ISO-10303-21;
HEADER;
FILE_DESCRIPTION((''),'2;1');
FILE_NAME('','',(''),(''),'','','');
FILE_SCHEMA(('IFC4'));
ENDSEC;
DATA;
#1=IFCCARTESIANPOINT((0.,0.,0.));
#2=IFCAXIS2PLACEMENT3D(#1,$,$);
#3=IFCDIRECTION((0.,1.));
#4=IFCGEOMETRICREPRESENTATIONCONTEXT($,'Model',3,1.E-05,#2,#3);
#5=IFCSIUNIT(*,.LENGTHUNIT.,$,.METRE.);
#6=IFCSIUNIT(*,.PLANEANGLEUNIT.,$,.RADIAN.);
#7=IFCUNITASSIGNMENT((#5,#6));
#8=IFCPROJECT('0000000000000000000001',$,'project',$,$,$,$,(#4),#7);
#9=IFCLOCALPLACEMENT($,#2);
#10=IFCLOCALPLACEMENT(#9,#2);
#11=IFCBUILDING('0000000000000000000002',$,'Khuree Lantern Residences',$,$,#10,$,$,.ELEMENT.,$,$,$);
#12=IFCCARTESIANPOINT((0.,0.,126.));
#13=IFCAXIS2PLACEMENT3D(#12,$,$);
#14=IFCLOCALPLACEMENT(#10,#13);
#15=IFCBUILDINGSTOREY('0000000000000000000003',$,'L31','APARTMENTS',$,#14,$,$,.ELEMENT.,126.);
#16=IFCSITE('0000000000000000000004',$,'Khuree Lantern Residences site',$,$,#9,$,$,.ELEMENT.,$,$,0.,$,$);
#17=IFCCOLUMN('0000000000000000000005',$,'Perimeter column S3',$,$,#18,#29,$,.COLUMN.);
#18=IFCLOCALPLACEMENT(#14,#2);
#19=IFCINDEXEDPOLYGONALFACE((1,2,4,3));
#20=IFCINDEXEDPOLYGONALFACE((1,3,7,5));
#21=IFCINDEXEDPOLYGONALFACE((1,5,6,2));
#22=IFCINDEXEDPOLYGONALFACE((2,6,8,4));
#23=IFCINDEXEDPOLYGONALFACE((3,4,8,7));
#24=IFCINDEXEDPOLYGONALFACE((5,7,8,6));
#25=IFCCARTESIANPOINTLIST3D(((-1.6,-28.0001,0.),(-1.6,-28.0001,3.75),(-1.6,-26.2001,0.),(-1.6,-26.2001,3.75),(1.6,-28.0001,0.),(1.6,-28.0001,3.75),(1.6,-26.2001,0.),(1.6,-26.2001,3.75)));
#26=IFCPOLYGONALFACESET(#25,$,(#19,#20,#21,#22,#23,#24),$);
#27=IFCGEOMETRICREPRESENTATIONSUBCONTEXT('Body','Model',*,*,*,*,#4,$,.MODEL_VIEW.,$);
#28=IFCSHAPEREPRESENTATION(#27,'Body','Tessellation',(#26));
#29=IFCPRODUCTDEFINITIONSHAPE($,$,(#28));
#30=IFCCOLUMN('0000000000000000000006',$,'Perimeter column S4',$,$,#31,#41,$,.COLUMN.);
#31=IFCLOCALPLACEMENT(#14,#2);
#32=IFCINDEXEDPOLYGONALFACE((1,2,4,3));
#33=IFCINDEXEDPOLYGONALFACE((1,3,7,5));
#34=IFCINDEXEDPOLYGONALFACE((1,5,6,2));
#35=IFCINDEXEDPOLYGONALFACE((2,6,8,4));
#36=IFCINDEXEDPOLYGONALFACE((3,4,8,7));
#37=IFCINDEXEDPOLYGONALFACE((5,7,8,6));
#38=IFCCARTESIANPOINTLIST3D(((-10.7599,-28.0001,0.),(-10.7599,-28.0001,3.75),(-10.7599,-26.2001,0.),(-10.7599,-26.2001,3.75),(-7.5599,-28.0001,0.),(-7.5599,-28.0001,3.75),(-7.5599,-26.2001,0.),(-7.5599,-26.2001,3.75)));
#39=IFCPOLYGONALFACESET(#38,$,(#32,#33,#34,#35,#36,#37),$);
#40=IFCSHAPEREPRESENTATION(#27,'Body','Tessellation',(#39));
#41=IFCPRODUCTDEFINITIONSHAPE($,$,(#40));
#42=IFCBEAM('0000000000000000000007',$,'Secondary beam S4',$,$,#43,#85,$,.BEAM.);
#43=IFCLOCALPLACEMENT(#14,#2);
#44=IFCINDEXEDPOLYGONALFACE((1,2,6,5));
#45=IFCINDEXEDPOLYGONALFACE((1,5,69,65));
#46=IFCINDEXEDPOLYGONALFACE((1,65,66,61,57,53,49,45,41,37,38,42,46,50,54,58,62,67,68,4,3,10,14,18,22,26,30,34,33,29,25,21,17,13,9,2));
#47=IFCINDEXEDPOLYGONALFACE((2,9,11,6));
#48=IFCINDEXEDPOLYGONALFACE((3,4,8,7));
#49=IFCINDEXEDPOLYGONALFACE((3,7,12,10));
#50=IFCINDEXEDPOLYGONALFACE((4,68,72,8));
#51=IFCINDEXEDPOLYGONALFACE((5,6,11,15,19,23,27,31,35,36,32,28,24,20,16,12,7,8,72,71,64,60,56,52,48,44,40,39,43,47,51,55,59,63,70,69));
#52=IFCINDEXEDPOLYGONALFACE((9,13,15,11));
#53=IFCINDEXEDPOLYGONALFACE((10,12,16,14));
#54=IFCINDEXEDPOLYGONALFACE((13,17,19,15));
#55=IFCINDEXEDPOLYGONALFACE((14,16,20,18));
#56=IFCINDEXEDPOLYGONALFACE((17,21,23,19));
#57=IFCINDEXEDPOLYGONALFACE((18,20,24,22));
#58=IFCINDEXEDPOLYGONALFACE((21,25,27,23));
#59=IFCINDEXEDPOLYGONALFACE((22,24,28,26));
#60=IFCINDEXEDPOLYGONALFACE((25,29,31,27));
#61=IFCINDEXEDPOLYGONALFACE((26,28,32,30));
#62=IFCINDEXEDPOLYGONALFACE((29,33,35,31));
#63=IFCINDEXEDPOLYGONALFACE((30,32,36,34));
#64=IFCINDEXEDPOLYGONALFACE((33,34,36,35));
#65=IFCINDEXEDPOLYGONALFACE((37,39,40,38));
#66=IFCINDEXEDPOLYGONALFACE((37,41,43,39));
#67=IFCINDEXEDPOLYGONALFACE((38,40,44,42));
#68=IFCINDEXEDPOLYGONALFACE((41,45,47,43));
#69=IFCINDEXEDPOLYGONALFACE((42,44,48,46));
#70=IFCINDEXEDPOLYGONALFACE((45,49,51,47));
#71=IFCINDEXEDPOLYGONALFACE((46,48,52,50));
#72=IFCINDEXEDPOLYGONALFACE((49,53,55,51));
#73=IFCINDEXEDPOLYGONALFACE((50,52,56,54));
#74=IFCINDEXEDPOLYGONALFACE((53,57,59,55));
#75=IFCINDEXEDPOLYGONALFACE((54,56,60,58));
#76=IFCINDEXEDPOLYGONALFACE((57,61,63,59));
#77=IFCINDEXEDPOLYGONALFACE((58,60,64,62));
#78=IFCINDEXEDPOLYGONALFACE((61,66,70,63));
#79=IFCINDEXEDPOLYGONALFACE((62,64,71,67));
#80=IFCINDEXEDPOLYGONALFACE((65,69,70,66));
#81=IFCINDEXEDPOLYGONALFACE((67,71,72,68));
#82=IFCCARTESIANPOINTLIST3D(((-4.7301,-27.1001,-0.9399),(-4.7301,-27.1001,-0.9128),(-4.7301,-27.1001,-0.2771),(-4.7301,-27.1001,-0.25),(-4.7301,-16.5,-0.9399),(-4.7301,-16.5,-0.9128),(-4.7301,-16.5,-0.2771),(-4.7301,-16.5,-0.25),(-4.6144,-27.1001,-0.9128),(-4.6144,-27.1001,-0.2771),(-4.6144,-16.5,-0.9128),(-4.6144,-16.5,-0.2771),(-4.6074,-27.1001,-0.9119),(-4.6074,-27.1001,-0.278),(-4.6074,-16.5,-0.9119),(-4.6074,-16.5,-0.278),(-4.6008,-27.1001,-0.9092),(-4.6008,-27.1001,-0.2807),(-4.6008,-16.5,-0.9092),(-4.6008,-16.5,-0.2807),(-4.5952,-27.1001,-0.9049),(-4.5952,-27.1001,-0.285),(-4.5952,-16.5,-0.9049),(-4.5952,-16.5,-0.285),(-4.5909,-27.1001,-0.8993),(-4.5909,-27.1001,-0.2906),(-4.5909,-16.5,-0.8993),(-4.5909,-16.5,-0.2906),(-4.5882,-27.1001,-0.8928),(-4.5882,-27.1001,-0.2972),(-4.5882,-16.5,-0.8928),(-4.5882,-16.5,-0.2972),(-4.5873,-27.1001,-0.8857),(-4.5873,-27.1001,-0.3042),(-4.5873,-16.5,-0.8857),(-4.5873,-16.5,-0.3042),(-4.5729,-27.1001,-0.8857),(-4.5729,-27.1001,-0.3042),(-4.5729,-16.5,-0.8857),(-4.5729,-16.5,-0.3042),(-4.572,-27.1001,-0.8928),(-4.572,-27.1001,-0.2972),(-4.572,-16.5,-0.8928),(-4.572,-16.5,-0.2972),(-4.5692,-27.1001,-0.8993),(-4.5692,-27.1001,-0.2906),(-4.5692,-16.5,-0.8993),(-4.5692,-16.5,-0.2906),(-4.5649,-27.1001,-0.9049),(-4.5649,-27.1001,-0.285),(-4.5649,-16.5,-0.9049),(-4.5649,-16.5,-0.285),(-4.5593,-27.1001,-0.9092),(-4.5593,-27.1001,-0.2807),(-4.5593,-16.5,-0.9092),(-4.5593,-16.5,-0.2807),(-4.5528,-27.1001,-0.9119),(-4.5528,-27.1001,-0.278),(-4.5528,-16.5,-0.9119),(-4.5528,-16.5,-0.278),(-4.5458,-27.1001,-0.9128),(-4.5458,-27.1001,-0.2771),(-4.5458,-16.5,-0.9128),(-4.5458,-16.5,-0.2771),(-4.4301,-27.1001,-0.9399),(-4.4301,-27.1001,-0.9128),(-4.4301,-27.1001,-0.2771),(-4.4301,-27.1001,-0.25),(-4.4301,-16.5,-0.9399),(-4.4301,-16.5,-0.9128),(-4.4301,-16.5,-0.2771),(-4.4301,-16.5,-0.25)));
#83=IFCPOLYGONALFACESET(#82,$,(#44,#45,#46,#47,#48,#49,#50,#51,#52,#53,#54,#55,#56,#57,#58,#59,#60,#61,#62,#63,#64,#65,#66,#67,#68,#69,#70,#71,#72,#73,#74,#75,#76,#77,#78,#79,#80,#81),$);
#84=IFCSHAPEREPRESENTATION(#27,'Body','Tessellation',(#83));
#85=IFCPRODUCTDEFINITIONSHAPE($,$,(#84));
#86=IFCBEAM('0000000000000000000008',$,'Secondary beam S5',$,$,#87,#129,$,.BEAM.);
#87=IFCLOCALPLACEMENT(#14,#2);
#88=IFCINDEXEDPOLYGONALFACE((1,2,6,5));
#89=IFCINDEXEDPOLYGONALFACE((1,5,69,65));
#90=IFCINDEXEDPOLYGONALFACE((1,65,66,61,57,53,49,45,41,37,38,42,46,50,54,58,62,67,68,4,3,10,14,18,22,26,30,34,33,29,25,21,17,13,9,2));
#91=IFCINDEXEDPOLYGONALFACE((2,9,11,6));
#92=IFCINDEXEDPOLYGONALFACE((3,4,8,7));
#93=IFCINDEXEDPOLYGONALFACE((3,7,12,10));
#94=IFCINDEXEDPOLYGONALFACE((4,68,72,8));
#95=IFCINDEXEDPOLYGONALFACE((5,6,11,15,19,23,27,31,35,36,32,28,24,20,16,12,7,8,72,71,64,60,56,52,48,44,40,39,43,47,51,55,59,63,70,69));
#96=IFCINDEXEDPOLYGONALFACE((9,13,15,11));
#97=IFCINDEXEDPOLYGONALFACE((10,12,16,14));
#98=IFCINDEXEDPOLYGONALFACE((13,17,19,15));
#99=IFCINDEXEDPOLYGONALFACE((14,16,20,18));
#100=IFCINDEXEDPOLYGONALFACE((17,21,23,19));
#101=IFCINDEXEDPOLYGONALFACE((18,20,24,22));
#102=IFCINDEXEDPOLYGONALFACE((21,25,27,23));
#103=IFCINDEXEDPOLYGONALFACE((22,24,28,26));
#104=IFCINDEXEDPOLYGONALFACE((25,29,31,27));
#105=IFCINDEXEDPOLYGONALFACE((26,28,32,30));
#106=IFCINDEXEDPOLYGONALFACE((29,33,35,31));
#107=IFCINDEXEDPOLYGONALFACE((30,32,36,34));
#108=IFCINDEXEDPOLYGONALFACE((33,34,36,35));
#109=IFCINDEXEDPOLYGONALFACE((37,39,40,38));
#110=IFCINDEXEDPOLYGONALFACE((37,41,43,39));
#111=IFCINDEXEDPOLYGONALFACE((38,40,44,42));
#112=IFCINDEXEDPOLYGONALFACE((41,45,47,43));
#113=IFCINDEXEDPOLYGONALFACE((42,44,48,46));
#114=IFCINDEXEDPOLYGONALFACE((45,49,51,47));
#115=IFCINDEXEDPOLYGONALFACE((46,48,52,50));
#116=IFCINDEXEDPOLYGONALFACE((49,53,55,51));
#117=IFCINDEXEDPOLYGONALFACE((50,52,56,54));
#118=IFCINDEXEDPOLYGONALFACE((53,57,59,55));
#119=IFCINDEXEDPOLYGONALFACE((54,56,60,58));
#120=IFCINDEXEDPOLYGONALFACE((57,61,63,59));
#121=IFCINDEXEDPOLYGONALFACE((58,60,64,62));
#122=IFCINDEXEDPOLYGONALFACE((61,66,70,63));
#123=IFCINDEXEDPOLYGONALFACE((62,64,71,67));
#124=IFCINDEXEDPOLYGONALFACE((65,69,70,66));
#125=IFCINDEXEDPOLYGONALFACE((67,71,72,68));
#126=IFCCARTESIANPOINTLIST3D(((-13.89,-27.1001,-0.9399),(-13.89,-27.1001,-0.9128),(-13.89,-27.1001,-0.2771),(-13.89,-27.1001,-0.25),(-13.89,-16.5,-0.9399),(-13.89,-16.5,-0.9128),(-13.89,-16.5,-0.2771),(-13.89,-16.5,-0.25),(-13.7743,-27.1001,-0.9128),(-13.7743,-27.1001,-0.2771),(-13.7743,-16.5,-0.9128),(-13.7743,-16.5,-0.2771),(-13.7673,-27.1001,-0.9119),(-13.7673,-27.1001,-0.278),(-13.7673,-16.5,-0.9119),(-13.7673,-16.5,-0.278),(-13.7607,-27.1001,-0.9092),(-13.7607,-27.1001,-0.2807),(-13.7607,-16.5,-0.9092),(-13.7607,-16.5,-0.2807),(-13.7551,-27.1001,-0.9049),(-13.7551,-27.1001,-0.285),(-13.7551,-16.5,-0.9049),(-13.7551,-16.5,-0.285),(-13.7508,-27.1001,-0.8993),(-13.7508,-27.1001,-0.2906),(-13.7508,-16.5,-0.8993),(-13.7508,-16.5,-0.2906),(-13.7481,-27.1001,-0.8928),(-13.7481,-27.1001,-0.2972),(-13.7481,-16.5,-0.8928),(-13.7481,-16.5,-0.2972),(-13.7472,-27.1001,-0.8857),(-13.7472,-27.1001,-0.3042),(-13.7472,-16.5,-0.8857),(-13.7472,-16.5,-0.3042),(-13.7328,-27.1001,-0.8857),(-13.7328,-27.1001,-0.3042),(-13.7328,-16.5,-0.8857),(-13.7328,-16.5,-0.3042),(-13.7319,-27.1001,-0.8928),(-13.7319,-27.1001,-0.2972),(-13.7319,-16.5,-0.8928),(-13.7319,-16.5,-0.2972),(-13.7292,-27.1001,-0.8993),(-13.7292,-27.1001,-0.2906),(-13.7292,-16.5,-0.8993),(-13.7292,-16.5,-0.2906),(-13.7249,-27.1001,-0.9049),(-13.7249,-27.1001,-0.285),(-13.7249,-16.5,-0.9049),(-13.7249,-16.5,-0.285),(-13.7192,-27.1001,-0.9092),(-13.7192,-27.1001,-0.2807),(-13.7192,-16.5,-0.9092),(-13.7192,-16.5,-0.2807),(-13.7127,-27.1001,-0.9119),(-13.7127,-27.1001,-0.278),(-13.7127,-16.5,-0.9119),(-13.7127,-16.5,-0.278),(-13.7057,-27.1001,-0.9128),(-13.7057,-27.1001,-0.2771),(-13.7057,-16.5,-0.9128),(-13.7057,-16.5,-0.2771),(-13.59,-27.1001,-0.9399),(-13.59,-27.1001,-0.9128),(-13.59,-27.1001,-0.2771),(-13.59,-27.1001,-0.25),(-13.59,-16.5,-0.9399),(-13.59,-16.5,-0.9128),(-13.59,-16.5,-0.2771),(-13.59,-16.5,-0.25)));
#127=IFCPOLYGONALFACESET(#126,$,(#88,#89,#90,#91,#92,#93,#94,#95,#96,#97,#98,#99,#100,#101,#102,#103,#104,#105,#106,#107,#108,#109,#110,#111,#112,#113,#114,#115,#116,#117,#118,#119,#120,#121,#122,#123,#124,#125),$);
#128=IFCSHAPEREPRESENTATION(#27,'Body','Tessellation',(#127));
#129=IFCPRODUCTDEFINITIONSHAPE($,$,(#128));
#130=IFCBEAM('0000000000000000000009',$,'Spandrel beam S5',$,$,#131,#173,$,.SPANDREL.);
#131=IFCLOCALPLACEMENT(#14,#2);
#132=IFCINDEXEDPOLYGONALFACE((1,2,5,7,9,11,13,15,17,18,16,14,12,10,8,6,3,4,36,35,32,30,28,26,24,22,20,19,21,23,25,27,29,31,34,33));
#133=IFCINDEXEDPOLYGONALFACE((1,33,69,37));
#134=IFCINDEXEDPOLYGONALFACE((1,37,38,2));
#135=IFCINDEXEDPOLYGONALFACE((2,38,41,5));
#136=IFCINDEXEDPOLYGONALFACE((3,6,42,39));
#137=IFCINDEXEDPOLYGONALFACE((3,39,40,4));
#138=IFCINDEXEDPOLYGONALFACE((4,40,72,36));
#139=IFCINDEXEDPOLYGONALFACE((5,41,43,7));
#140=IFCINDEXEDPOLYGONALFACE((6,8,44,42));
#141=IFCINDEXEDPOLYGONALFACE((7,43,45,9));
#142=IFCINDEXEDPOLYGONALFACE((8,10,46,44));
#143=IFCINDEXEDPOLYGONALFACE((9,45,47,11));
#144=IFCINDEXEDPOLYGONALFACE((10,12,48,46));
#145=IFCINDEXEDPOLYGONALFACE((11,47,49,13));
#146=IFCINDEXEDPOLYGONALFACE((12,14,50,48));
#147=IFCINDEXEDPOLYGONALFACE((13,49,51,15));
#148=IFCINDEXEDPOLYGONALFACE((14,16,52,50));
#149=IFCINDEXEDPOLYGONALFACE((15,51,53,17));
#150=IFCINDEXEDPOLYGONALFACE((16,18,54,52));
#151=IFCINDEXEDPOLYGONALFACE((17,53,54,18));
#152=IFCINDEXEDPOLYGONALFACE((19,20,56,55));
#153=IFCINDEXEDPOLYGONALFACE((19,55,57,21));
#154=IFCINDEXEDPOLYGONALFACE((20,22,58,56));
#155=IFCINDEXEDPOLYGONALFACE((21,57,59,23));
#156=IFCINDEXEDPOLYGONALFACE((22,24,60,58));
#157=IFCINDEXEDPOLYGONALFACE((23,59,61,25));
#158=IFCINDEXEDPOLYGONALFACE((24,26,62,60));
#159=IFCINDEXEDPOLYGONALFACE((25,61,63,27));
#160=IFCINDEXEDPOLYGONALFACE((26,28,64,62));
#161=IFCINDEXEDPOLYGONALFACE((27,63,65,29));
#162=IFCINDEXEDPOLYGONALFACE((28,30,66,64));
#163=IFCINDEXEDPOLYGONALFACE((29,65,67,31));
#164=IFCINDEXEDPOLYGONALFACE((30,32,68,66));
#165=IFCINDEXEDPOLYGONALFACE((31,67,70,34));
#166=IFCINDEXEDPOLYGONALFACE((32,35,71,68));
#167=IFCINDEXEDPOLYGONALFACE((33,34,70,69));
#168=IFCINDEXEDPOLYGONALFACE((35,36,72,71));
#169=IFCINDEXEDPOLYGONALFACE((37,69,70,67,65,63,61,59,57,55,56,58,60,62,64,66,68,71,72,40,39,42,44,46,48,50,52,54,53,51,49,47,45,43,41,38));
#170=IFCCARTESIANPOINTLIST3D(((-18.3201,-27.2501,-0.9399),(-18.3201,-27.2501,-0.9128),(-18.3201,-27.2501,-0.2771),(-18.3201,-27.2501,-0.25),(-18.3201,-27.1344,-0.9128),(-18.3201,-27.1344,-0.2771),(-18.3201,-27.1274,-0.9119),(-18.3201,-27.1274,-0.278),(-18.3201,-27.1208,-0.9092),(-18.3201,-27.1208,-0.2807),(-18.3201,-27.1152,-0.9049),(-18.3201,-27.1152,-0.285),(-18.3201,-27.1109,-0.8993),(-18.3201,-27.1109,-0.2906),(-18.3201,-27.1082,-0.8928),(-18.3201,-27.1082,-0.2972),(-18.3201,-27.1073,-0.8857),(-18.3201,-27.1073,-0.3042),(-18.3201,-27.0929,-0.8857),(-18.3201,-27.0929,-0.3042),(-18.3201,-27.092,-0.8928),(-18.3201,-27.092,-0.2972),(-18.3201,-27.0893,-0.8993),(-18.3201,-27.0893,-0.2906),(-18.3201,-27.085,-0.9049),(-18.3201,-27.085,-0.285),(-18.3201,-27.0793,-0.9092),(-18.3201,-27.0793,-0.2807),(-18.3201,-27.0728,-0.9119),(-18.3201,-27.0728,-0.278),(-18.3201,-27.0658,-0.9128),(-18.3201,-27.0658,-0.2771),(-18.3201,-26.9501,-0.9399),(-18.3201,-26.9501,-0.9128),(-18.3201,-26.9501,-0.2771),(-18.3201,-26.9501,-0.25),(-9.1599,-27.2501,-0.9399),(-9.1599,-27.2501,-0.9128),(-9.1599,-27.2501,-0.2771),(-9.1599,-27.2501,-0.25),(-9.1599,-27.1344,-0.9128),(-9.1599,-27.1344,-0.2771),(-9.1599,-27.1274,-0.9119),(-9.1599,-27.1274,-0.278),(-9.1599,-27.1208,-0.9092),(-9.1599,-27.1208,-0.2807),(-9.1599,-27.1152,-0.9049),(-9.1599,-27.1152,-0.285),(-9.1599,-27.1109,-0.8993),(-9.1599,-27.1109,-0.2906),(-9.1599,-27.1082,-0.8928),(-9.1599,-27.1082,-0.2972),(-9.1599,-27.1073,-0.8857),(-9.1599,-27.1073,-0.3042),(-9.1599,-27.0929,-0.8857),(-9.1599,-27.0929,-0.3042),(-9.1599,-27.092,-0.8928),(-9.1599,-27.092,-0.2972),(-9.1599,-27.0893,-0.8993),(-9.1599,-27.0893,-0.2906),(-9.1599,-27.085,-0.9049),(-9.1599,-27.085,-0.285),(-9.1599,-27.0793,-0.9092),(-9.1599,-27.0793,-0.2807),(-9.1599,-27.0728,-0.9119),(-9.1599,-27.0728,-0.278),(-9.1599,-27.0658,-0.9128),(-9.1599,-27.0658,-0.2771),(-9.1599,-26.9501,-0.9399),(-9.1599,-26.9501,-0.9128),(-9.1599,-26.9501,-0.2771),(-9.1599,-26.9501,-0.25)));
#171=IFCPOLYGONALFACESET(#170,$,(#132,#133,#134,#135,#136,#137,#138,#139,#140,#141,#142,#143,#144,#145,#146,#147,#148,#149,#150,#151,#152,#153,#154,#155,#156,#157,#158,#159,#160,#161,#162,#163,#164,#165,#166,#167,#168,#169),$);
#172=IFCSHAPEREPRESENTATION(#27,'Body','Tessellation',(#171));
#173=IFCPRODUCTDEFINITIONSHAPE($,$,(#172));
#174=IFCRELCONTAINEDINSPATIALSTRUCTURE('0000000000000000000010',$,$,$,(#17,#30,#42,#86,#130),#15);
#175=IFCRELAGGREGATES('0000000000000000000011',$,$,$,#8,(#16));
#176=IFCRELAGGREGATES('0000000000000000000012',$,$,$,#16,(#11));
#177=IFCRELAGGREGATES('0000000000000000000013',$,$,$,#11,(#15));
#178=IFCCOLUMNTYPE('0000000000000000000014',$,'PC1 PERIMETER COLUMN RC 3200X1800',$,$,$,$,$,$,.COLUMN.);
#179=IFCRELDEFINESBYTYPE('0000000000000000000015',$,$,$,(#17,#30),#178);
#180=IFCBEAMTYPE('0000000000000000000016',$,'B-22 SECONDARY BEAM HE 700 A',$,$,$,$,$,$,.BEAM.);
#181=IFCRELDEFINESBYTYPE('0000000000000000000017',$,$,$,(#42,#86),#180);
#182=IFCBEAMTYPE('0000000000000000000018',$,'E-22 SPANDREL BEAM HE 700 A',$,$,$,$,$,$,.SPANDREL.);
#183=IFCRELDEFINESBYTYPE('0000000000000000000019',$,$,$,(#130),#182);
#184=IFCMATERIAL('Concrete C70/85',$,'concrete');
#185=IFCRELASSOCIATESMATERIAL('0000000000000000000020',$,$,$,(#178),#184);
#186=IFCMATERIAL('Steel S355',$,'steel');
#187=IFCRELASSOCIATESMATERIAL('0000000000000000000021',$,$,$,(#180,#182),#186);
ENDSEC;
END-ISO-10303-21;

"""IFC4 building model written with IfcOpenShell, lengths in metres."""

from ifc_helpers import new_model, si_unit, direction, frame, origin, origin_2d, place, context, subcontext, project, spatial, rectangle, i_section, extrude, material, material_profile, profile_set, type_object, element, save


model = new_model("IFC4")

# Units and contexts
model_context = context("Model", 3, precision=1e-05, world=origin(), true_north=direction((0.0, 1.0)))
body_context = subcontext(model_context, "Body", "Model", "MODEL_VIEW")
ifc_project = project(units=[si_unit("LENGTHUNIT", "METRE"), si_unit("PLANEANGLEUNIT", "RADIAN")], contexts=[model_context])

# Site, building, storey
site_placement = place(None, origin())
site = spatial("IfcSite", under=ifc_project, at=site_placement, Name="Khuree Lantern Residences site", CompositionType="ELEMENT", RefElevation=0.0)
building_placement = place(site_placement, origin())
building = spatial("IfcBuilding", under=site, at=building_placement, Name="Khuree Lantern Residences", CompositionType="ELEMENT")
storey_placement = place(building_placement, frame((0.0, 0.0, 126.0)))
storey = spatial("IfcBuildingStorey", under=building, at=storey_placement, Name="L31", Description="APARTMENTS", CompositionType="ELEMENT", Elevation=126.0)

# Columns
ifc_material_1 = material(Name="Concrete C70/85", Category="concrete")
ifc_material_profile_1 = material_profile(ifc_material_1, rectangle(XDim=3.2, YDim=1.8, at=origin_2d()), Name="RC 3200X1800")
ifc_profile_set_1 = profile_set([ifc_material_profile_1], Name="Concrete C70/85")
column_type = type_object("IfcColumnType", Name="PC1 PERIMETER COLUMN RC 3200X1800", PredefinedType="COLUMN", material=ifc_profile_set_1)
for number, where, z_axis, x_axis, name in (
    (1, (0.0, -27.1001, 0.0), (0.0, 0.0, 1.0), (1.0, 0.0, 0.0), "Perimeter column S3"),
    (2, (-9.1599, -27.1001, 0.0), (0.0, 0.0, 1.0), (1.0, 0.0, 0.0), "Perimeter column S4"),
):
    element("IfcColumn", number, at=place(storey_placement, frame(where, z_axis=z_axis, x_axis=x_axis)), inside=storey, type_object=column_type, Name=name, PredefinedType="COLUMN", context=body_context, shape_type="SweptSolid", body=[
        extrude(rectangle(XDim=3.2, YDim=1.8, at=origin_2d()), origin(), (0.0, 0.0, 1.0), 3.75),
    ])

# Beams
ifc_material_2 = material(Name="Steel S355", Category="steel")
ifc_material_profile_2 = material_profile(ifc_material_2, i_section(OverallWidth=0.3, OverallDepth=0.6899, WebThickness=0.0144, FlangeThickness=0.0271, FilletRadius=0.0271, at=origin_2d()), Name="HE 700 A")
ifc_profile_set_2 = profile_set([ifc_material_profile_2], Name="Steel S355")
beam_type_1 = type_object("IfcBeamType", Name="B-22 SECONDARY BEAM HE 700 A", PredefinedType="BEAM", material=ifc_profile_set_2)
for number, where, z_axis, x_axis, name in (
    (3, (-4.5801, -27.1001, -0.595), (0.0, 1.0, 0.0), (-1.0, 0.0, 0.0), "Secondary beam S4"),
    (4, (-13.74, -27.1001, -0.595), (0.0, 1.0, 0.0), (-1.0, 0.0, 0.0), "Secondary beam S5"),
):
    element("IfcBeam", number, at=place(storey_placement, frame(where, z_axis=z_axis, x_axis=x_axis)), inside=storey, type_object=beam_type_1, Name=name, PredefinedType="BEAM", context=body_context, shape_type="SweptSolid", body=[
        extrude(i_section(OverallWidth=0.3, OverallDepth=0.6899, WebThickness=0.0144, FlangeThickness=0.0271, FilletRadius=0.0271, at=origin_2d()), origin(), (0.0, 0.0, 1.0), 10.6001),
    ])
ifc_material_profile_3 = material_profile(ifc_material_2, i_section(OverallWidth=0.3, OverallDepth=0.6899, WebThickness=0.0144, FlangeThickness=0.0271, FilletRadius=0.0271, at=origin_2d()), Name="HE 700 A")
ifc_profile_set_3 = profile_set([ifc_material_profile_3], Name="Steel S355")
beam_type_2 = type_object("IfcBeamType", Name="E-22 SPANDREL BEAM HE 700 A", PredefinedType="SPANDREL", material=ifc_profile_set_3)
beam_1_placement = place(storey_placement, frame((-9.1599, -27.1001, -0.595), z_axis=(-1.0, 0.0, 0.0), x_axis=(0.0, -1.0, 0.0)))
element("IfcBeam", 5, at=beam_1_placement, inside=storey, type_object=beam_type_2, Name="Spandrel beam S5", PredefinedType="SPANDREL", context=body_context, shape_type="SweptSolid", body=[
    extrude(i_section(OverallWidth=0.3, OverallDepth=0.6899, WebThickness=0.0144, FlangeThickness=0.0271, FilletRadius=0.0271, at=origin_2d()), origin(), (0.0, 0.0, 1.0), 9.1602),
])

save(model, "model.ifc")
